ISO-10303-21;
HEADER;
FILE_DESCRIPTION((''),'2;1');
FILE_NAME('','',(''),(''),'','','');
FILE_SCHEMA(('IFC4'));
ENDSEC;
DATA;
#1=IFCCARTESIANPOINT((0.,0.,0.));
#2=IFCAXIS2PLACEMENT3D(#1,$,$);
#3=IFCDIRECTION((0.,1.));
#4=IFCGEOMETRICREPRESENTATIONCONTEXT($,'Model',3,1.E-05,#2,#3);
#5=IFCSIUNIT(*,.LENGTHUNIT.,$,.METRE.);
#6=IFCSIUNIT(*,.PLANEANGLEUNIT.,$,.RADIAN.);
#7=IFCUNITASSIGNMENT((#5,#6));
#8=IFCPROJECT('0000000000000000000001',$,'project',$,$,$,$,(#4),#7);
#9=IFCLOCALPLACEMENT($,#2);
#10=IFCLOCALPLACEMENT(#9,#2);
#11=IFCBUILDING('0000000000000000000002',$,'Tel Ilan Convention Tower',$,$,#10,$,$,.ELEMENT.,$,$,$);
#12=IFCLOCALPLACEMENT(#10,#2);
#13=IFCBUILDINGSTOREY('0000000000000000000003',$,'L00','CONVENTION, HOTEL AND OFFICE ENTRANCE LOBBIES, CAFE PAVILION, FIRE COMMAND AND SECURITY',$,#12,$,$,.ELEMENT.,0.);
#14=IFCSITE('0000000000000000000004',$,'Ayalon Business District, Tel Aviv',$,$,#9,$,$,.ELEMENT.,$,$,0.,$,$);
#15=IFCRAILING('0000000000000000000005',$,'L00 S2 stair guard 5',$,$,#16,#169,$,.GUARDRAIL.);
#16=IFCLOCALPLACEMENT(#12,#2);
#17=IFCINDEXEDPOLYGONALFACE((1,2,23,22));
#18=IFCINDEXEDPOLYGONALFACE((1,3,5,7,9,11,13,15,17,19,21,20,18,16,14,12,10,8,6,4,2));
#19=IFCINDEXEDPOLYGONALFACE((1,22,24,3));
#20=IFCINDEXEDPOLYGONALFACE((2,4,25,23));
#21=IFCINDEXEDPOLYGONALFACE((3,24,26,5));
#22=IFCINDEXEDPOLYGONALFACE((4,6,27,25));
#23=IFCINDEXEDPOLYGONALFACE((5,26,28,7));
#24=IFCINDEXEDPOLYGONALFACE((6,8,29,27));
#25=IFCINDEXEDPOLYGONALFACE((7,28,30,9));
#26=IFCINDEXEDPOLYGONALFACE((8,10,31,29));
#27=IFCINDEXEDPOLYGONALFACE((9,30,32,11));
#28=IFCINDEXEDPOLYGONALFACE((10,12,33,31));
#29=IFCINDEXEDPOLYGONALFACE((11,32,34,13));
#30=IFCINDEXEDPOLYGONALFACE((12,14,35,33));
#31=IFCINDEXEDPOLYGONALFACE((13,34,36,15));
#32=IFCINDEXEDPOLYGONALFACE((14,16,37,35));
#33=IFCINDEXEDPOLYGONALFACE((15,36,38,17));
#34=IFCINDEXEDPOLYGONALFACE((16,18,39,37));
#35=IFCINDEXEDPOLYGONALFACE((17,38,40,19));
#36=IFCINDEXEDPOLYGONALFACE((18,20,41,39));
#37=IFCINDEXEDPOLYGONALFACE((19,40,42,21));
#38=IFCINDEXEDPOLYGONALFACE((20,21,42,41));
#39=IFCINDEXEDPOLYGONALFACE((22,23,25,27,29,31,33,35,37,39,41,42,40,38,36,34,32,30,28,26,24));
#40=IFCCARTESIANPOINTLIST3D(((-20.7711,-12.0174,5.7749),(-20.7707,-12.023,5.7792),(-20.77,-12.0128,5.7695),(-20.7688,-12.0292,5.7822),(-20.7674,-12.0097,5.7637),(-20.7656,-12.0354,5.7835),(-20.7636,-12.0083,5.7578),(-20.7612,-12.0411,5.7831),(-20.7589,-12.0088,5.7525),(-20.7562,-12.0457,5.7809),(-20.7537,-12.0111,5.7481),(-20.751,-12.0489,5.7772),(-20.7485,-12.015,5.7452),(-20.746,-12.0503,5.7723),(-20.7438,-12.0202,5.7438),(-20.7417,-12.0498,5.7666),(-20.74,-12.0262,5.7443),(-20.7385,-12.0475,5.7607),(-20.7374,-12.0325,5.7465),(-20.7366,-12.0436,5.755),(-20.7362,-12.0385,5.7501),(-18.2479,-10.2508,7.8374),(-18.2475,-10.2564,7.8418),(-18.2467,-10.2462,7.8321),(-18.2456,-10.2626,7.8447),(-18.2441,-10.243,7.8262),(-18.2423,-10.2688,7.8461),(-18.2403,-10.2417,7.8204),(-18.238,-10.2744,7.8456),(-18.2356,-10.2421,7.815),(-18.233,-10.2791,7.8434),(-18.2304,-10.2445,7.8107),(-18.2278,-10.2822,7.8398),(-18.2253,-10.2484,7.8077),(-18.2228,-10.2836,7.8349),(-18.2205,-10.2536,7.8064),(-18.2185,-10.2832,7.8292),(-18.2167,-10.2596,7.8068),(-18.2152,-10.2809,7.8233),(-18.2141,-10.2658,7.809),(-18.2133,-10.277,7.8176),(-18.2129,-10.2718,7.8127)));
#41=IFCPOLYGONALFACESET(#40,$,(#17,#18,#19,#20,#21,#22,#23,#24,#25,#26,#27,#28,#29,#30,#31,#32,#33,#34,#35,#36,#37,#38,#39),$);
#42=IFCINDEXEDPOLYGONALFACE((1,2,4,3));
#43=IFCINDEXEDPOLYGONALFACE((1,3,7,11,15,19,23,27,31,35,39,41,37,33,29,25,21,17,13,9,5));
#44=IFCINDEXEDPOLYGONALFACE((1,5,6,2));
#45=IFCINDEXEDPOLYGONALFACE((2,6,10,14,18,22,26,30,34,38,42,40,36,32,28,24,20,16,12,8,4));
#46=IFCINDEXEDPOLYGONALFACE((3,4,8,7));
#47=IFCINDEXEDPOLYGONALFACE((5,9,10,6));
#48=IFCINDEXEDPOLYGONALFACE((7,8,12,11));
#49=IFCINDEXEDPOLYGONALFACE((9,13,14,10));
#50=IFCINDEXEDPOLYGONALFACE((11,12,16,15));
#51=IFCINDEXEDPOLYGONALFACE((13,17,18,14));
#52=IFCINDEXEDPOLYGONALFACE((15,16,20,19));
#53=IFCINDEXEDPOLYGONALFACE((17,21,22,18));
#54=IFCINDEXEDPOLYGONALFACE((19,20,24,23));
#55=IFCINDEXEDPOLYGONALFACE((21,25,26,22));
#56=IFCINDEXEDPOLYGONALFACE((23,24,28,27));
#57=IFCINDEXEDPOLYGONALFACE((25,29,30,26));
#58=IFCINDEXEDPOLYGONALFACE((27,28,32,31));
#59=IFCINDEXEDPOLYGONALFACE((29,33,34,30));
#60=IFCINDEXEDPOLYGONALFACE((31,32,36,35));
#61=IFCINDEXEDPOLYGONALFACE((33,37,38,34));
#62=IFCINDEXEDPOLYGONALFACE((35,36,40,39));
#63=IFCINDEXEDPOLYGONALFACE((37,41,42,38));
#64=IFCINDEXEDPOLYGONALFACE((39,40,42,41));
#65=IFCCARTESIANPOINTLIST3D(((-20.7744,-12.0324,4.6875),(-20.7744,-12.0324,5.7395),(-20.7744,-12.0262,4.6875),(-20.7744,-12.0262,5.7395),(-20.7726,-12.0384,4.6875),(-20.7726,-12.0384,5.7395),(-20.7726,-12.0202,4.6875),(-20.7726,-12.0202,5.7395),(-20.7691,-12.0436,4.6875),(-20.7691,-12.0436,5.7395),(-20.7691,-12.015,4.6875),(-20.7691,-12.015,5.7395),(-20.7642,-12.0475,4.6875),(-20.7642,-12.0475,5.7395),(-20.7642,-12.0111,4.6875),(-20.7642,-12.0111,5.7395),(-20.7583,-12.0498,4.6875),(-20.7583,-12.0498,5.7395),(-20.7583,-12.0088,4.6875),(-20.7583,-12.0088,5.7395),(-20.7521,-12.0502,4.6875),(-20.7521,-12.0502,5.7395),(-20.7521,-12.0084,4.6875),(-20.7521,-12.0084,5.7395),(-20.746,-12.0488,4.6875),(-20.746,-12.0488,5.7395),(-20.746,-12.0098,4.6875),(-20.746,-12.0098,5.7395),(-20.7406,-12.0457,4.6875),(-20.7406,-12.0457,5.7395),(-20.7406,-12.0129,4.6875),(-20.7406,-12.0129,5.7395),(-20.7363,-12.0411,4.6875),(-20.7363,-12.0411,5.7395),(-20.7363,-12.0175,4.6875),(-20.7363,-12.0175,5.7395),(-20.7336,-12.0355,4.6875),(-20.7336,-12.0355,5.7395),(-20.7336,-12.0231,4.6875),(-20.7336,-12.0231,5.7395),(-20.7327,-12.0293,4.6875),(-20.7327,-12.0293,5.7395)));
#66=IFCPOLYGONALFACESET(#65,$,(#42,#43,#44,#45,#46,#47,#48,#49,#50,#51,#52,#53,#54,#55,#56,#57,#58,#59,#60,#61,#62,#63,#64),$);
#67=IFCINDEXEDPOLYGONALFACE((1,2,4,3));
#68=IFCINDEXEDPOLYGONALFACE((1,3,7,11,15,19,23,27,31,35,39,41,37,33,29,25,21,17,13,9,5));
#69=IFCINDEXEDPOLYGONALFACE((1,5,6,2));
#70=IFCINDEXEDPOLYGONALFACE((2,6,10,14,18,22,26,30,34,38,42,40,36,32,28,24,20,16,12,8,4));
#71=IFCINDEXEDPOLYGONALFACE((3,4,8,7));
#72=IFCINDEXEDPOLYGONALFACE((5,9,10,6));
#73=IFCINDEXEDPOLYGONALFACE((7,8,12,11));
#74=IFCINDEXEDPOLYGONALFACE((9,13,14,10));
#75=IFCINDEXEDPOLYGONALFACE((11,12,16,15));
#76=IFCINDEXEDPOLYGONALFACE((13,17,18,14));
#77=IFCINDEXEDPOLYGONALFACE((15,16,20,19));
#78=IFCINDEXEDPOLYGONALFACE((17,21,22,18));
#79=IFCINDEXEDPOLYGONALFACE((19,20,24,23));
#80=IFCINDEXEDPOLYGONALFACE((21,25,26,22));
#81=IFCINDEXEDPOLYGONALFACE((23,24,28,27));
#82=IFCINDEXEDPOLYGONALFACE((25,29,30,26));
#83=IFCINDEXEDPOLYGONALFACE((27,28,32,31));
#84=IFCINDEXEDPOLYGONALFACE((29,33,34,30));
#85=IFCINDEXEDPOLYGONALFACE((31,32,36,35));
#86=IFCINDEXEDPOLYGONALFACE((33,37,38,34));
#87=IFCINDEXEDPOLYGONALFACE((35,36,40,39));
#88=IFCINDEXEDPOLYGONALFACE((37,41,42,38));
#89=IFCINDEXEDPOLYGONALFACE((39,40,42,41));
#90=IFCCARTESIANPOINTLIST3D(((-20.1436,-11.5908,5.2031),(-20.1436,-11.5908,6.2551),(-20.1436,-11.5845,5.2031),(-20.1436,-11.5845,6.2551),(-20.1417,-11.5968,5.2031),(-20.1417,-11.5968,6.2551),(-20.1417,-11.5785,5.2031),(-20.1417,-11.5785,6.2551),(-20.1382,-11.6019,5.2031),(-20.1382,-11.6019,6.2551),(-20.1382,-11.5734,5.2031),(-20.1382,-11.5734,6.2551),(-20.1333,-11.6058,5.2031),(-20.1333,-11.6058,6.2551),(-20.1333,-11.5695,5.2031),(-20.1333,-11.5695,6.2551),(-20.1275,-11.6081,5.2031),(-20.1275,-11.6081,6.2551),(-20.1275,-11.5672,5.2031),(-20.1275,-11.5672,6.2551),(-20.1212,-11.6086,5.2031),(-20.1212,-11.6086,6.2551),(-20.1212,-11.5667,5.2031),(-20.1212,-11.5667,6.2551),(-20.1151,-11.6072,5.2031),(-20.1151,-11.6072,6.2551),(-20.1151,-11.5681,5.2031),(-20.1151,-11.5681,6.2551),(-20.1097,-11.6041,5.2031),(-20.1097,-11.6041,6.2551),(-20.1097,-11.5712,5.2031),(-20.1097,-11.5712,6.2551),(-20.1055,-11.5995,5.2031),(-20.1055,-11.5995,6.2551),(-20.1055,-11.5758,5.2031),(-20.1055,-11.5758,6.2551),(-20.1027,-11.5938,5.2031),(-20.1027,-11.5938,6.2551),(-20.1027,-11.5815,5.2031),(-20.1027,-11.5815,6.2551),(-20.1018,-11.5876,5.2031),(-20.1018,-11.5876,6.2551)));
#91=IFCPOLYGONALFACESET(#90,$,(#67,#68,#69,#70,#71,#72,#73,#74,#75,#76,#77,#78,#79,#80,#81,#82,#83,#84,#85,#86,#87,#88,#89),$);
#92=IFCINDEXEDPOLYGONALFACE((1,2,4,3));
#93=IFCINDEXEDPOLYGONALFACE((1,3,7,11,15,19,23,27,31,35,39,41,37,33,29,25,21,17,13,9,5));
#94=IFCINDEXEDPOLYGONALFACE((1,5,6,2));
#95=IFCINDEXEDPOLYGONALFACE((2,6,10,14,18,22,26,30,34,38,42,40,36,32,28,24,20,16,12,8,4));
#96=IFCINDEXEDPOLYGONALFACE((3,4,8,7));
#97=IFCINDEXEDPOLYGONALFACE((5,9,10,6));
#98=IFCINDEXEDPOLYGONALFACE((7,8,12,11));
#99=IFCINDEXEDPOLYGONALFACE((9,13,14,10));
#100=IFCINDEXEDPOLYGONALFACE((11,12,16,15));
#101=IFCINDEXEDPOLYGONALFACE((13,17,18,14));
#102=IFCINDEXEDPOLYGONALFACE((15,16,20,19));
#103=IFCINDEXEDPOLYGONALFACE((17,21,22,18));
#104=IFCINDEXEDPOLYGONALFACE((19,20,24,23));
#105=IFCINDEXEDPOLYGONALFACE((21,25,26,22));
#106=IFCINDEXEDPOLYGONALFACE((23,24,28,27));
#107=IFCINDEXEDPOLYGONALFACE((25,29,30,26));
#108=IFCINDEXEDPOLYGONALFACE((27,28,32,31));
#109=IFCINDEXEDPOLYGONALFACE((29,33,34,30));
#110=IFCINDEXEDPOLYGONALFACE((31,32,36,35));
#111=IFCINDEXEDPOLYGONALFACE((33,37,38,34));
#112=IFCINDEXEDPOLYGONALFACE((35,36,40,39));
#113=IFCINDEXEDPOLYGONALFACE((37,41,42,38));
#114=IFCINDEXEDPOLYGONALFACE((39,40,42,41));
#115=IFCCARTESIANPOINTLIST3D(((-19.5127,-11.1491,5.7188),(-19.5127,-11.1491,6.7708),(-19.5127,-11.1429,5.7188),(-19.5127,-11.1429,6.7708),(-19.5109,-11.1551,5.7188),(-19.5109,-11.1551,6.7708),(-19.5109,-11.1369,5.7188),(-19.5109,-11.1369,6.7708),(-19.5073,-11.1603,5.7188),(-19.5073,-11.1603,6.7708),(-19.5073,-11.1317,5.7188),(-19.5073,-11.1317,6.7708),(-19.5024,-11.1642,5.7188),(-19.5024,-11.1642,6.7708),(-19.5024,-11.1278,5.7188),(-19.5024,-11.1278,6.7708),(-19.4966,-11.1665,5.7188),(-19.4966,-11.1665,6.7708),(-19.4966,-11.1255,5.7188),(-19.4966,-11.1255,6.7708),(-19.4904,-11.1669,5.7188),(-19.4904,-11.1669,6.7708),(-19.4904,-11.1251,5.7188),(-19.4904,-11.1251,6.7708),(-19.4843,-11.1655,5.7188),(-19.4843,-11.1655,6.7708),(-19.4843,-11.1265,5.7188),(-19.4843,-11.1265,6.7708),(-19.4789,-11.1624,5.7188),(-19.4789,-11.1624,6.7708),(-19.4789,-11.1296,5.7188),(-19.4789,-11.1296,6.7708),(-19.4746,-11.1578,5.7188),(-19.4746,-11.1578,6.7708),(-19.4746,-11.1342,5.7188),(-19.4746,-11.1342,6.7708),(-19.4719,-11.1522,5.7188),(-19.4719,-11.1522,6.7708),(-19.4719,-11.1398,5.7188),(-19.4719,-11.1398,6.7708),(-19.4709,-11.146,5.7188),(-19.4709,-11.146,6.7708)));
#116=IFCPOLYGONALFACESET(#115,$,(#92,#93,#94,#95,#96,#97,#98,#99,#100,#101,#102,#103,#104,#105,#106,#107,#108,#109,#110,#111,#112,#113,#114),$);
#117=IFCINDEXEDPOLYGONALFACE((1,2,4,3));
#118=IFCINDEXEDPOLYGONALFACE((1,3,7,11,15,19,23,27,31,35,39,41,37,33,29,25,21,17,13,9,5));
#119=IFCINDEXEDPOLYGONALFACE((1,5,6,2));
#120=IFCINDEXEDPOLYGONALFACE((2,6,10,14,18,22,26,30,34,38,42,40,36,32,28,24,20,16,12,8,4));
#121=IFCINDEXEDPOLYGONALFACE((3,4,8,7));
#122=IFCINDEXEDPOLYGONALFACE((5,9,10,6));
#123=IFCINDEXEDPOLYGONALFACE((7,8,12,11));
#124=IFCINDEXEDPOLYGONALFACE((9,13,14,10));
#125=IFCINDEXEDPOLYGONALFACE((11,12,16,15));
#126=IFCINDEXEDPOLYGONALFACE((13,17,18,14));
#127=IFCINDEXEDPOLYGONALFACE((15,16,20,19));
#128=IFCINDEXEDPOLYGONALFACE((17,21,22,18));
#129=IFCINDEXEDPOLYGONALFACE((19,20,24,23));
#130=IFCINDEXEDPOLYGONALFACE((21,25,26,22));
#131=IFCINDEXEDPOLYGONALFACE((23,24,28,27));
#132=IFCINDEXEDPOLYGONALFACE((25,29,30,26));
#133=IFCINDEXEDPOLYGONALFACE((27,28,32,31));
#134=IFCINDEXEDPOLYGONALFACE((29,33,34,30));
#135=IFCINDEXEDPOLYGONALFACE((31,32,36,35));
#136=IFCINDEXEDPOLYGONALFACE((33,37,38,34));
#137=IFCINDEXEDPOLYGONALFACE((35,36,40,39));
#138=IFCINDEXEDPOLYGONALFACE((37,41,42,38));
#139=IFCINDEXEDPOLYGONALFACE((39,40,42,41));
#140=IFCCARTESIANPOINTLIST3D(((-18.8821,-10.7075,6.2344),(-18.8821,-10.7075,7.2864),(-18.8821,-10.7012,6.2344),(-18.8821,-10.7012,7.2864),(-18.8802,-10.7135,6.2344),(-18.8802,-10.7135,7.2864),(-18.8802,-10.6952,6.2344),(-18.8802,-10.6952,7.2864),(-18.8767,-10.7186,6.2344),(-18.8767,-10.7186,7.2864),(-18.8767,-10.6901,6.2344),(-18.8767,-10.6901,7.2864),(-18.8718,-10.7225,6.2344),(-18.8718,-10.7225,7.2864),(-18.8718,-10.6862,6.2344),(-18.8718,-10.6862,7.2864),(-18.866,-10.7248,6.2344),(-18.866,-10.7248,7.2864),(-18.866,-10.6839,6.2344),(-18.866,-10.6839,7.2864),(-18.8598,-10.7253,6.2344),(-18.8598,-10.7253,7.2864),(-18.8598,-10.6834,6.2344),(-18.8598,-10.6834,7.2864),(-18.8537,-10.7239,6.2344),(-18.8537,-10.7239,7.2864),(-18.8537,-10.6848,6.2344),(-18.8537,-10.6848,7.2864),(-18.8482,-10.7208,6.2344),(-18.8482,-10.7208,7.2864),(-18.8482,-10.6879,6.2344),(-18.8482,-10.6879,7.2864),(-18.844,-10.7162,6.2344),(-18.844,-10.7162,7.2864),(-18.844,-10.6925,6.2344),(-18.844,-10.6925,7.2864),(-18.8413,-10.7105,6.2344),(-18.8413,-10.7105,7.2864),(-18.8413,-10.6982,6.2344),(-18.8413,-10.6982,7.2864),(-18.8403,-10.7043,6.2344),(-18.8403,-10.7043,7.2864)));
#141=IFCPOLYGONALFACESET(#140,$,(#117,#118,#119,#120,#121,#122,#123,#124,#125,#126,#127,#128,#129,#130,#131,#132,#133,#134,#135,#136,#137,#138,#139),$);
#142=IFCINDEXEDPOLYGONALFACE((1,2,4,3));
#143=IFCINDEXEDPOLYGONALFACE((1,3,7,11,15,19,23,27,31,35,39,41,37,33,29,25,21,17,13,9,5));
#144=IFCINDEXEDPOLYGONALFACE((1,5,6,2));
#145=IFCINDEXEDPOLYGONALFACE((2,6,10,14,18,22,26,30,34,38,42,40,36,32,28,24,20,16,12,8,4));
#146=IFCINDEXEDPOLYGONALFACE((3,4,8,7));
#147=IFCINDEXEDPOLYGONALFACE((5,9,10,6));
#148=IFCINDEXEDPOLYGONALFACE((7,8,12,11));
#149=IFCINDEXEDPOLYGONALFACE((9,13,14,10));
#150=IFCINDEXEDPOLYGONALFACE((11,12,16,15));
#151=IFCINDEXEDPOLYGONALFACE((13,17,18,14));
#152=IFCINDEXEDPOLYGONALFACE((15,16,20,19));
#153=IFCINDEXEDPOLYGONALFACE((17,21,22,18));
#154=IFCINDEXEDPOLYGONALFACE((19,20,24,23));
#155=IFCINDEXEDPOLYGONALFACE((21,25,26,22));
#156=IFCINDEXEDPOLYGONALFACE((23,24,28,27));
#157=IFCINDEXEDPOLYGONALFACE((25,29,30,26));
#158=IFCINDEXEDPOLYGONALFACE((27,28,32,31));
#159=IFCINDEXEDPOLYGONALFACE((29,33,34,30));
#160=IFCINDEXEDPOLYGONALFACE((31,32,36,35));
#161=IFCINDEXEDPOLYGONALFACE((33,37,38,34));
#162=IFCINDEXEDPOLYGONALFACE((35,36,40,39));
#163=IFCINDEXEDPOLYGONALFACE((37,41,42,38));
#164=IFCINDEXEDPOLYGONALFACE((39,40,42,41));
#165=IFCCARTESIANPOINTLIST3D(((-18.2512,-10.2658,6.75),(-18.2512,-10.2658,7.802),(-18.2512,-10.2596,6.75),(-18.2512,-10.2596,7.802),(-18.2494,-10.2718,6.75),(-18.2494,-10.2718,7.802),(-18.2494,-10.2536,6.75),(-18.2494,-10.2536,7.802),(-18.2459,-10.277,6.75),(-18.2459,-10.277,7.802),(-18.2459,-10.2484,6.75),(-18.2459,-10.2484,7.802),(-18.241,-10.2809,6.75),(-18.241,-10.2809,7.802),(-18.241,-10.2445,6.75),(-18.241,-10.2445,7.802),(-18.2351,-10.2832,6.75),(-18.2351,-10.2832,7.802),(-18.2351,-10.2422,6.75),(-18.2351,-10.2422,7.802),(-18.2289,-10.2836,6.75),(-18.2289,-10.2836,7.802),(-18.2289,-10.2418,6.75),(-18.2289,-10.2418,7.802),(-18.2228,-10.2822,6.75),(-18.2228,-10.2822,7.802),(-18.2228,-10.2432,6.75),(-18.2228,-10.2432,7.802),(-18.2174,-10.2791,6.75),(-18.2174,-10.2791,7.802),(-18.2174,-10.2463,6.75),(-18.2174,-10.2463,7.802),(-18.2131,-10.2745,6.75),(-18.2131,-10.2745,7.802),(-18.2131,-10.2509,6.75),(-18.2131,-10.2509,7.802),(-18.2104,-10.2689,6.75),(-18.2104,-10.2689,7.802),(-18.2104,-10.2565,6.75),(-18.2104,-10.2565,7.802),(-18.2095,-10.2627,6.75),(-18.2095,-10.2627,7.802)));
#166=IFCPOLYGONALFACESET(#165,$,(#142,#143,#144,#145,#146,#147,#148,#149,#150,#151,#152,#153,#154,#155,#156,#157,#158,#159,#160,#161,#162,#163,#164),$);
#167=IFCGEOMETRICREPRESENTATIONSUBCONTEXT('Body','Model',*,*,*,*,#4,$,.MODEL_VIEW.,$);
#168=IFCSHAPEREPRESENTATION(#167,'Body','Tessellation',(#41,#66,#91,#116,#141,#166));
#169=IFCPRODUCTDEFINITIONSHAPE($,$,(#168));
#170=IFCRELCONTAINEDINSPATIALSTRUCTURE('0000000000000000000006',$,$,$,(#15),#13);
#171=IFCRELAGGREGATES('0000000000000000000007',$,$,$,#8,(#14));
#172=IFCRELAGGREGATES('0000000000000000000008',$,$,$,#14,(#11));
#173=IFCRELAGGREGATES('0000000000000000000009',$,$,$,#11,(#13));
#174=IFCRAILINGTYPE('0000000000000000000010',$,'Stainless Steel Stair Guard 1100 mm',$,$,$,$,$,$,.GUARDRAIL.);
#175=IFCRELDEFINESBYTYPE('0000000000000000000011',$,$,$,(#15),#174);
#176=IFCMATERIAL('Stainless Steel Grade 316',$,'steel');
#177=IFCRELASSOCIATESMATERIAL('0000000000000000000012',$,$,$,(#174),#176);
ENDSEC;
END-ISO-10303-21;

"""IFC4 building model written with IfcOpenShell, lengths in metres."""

from ifc_helpers import new_model, si_unit, direction, frame, origin, origin_2d, place, context, subcontext, project, spatial, circle, extrude, material, type_object, element, save


model = new_model("IFC4")

# Units and contexts
model_context = context("Model", 3, precision=1e-05, world=origin(), true_north=direction((0.0, 1.0)))
body_context = subcontext(model_context, "Body", "Model", "MODEL_VIEW")
ifc_project = project(units=[si_unit("LENGTHUNIT", "METRE"), si_unit("PLANEANGLEUNIT", "RADIAN")], contexts=[model_context])

# Site, building, storey
site_placement = place(None, origin())
site = spatial("IfcSite", under=ifc_project, at=site_placement, Name="Ayalon Business District, Tel Aviv", CompositionType="ELEMENT", RefElevation=0.0)
building_placement = place(site_placement, origin())
building = spatial("IfcBuilding", under=site, at=building_placement, Name="Tel Ilan Convention Tower", CompositionType="ELEMENT")
storey_placement = place(building_placement, origin())
storey = spatial("IfcBuildingStorey", under=building, at=storey_placement, Name="L00", Description="CONVENTION, HOTEL AND OFFICE ENTRANCE LOBBIES, CAFE PAVILION, FIRE COMMAND AND SECURITY", CompositionType="ELEMENT", Elevation=0.0)

# Railing
ifc_material_1 = material(Name="Stainless Steel Grade 316", Category="steel")
railing_type_1 = type_object("IfcRailingType", Name="Stainless Steel Stair Guard 1100 mm", PredefinedType="GUARDRAIL", material=ifc_material_1)
railing_1_placement = place(storey_placement, frame((-20.7537, -12.0293, 4.6875)))
element("IfcRailing", 1, at=railing_1_placement, inside=storey, type_object=railing_type_1, Name="L00 S2 stair guard 5", PredefinedType="GUARDRAIL", context=body_context, shape_type="SweptSolid", body=[
    extrude(circle(Radius=0.0239, at=origin_2d()), frame((0.0, 0.0, 1.0762), z_axis=(0.68067, 0.476568, 0.556391), x_axis=(-0.573542, 0.819176, 0.0)), (0.0, 0.0, 1.0), 3.707),
    extrude(circle(Radius=0.021, at=origin_2d()), origin(), (0.0, 0.0, 1.0), 1.052),
    extrude(circle(Radius=0.021, at=origin_2d()), frame((0.6309, 0.4417, 0.5156)), (0.0, 0.0, 1.0), 1.052),
    extrude(circle(Radius=0.021, at=origin_2d()), frame((1.2617, 0.8833, 1.0312)), (0.0, 0.0, 1.0), 1.052),
    extrude(circle(Radius=0.021, at=origin_2d()), frame((1.8923, 1.325, 1.5469)), (0.0, 0.0, 1.0), 1.052),
    extrude(circle(Radius=0.021, at=origin_2d()), frame((2.5232, 1.7666, 2.0625)), (0.0, 0.0, 1.0), 1.052),
])

save(model, "model.ifc")
